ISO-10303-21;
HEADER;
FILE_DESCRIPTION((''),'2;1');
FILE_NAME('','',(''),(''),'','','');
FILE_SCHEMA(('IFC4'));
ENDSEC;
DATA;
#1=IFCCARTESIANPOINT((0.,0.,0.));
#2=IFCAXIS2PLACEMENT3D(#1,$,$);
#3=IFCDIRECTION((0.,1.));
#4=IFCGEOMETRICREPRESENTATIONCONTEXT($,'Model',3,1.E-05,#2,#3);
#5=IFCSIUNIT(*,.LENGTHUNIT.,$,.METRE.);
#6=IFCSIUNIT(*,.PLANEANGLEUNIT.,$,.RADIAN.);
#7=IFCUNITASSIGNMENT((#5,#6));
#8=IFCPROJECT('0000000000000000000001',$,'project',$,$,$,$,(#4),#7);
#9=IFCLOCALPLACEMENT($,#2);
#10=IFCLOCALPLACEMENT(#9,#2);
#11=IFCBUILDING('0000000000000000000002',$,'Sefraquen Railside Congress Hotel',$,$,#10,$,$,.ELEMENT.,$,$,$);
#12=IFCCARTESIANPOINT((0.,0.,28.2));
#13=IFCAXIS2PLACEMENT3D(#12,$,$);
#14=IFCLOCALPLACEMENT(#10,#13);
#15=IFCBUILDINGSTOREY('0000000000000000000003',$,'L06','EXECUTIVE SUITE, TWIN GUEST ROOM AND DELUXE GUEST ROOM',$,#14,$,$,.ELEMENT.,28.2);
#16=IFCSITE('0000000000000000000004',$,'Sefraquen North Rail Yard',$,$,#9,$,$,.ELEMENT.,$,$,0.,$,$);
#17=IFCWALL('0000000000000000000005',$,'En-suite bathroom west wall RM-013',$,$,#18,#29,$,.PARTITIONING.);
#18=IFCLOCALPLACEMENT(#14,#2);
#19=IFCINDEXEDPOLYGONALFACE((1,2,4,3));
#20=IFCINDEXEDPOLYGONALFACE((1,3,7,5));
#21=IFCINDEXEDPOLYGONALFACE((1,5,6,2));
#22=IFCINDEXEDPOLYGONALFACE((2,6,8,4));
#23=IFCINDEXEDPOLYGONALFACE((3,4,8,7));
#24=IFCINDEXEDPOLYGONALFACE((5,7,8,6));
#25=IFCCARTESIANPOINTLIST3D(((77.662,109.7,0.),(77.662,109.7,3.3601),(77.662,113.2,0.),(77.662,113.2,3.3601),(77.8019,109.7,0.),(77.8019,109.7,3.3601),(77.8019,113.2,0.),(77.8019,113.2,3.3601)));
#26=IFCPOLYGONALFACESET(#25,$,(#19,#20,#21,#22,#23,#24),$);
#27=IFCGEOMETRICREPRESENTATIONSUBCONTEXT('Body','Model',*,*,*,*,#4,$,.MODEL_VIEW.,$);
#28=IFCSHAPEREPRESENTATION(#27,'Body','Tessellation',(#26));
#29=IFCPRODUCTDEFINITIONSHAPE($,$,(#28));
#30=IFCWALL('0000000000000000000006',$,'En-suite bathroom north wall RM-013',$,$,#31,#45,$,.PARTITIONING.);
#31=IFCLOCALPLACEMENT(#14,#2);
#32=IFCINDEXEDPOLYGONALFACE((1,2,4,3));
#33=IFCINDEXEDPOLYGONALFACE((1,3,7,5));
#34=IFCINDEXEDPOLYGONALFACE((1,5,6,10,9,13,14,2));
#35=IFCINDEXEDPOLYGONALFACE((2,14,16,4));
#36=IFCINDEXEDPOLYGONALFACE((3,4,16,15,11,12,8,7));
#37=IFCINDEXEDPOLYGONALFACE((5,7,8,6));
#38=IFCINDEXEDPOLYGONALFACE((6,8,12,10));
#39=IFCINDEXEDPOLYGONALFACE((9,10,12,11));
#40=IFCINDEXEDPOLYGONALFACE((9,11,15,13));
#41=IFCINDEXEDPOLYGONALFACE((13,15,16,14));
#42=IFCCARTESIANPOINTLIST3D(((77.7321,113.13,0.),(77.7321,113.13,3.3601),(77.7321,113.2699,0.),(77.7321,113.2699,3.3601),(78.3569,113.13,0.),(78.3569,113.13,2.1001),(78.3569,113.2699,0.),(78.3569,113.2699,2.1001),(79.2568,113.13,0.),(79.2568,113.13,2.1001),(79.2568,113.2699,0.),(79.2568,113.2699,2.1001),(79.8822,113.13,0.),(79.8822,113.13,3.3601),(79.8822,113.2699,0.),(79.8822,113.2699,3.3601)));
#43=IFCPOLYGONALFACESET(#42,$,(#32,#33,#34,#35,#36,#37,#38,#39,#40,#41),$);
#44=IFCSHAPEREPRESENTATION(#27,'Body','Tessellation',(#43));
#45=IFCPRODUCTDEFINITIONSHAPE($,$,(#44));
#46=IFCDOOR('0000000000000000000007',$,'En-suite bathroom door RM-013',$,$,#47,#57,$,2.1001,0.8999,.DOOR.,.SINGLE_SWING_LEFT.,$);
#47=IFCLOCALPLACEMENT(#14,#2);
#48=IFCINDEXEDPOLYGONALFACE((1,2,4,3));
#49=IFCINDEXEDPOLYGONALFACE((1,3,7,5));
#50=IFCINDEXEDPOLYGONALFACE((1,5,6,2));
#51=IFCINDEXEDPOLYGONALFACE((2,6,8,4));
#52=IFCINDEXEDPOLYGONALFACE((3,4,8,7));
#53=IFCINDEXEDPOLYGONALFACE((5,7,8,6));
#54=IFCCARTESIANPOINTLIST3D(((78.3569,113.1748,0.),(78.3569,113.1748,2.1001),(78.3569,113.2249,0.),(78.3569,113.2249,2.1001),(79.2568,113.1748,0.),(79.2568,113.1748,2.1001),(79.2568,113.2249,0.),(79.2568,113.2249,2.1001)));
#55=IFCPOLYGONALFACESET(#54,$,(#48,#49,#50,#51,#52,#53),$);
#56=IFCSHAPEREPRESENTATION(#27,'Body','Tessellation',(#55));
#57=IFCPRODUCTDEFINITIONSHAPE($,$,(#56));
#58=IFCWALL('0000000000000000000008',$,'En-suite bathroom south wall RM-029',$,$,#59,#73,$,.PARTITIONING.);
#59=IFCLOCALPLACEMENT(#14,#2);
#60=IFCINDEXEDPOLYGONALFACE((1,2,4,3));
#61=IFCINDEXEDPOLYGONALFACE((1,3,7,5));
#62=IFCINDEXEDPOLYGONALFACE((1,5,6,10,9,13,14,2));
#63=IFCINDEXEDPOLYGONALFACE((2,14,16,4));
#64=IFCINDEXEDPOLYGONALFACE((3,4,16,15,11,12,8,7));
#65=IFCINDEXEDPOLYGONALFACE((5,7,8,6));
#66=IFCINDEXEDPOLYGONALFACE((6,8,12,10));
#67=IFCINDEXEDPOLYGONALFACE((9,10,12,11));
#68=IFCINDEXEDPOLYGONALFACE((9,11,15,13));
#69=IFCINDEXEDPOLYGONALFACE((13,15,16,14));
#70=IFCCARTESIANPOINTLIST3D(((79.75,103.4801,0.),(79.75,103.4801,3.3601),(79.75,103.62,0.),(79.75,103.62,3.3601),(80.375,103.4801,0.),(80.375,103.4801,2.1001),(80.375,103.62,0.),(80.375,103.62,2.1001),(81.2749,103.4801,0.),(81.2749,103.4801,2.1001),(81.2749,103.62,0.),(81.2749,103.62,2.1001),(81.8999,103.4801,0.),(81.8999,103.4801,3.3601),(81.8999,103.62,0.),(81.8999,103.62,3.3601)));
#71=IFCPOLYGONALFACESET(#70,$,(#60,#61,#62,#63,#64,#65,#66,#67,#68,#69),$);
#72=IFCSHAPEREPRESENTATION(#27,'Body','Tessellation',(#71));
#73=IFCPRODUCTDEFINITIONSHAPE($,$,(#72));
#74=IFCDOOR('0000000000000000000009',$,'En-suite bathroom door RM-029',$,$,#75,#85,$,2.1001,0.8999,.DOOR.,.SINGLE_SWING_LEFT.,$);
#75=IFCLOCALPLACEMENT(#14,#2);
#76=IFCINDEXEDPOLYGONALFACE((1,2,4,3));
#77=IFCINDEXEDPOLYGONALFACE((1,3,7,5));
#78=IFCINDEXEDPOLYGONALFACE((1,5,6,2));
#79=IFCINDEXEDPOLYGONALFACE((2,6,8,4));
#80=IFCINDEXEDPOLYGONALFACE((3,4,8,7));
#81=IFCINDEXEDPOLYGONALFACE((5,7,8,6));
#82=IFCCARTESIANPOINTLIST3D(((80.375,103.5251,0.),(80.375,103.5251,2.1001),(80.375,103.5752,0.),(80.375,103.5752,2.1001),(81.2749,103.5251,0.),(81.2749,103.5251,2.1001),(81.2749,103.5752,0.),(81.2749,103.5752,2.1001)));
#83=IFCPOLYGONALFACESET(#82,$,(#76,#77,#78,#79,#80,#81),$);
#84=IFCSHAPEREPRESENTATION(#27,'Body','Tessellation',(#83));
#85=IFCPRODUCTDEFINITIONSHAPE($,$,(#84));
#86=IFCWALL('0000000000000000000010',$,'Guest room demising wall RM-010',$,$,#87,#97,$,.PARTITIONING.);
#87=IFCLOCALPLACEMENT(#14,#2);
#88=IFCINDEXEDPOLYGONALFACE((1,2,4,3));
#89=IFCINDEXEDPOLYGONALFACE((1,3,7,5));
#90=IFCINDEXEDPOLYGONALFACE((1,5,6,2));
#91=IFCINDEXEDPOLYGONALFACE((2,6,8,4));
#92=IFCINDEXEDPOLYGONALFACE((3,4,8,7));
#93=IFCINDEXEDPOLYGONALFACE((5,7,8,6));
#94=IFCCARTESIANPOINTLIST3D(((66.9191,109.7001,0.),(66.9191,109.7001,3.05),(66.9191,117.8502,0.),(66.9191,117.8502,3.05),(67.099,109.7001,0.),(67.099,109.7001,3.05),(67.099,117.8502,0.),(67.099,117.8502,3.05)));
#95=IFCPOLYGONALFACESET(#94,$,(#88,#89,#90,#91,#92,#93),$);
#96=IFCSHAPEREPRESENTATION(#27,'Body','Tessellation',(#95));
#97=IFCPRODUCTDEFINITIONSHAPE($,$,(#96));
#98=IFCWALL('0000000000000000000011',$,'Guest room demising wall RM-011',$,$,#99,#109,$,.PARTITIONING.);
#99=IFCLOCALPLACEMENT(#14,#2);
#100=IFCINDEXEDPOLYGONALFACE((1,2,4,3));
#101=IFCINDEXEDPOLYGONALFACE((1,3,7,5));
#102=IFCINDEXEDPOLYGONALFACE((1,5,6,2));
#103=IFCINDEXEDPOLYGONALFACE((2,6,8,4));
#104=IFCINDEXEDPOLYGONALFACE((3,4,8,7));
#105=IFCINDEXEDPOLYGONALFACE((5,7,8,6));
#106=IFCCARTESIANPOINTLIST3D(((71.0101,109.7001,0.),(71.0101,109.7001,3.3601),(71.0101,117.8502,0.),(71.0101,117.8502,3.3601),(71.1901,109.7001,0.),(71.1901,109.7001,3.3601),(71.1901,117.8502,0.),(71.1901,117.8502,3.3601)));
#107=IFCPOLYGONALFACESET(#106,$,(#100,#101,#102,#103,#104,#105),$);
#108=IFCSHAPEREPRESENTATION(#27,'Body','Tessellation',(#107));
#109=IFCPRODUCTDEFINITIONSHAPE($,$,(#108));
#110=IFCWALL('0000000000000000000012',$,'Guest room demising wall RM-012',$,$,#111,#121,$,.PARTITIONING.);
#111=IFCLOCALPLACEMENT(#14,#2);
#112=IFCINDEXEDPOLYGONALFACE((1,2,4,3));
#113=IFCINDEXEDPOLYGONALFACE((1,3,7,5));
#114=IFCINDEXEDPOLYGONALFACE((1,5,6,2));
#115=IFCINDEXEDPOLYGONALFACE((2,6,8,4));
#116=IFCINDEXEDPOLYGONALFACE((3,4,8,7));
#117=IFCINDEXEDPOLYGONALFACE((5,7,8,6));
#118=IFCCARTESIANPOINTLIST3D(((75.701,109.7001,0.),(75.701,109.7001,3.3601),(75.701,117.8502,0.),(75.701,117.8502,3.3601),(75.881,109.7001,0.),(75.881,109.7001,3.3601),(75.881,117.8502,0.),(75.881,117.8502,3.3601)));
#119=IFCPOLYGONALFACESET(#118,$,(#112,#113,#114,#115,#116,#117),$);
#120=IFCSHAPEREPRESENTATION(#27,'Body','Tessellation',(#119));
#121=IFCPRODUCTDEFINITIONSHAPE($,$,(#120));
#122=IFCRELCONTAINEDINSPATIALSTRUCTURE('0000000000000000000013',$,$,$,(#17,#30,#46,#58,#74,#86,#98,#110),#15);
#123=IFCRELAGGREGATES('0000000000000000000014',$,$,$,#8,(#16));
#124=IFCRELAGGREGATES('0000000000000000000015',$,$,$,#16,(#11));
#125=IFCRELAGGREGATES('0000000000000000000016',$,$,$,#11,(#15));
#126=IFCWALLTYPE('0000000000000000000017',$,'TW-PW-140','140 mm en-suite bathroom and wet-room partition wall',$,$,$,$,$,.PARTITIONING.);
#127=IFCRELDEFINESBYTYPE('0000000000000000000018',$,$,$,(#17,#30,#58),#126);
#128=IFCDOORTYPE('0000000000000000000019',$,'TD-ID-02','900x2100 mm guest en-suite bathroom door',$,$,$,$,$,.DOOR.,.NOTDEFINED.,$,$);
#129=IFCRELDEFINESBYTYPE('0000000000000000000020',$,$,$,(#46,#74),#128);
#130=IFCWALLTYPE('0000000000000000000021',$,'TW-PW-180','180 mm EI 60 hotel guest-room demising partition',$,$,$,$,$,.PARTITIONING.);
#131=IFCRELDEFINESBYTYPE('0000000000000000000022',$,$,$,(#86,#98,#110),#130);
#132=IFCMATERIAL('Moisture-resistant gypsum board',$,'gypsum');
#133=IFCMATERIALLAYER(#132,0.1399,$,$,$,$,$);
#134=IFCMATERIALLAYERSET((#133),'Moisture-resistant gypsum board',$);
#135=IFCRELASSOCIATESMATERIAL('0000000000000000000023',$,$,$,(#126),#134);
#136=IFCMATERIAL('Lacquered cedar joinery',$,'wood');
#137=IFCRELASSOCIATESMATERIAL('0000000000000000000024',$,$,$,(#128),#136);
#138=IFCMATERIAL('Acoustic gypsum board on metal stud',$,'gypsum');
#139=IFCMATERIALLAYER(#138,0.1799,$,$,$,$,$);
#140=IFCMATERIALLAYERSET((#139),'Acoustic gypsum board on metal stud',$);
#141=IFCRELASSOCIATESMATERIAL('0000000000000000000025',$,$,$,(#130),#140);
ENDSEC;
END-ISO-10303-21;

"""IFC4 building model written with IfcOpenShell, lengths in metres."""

from ifc_helpers import new_model, si_unit, direction, frame, frame_2d, origin, place, context, subcontext, project, spatial, rectangle, extrude, material, layer, layer_set, type_object, element, fill, save


model = new_model("IFC4")

# Units and contexts
model_context = context("Model", 3, precision=1e-05, world=origin(), true_north=direction((0.0, 1.0)))
body_context = subcontext(model_context, "Body", "Model", "MODEL_VIEW")
ifc_project = project(units=[si_unit("LENGTHUNIT", "METRE"), si_unit("PLANEANGLEUNIT", "RADIAN")], contexts=[model_context])

# Site, building, storey
site_placement = place(None, origin())
site = spatial("IfcSite", under=ifc_project, at=site_placement, Name="Sefraquen North Rail Yard", CompositionType="ELEMENT", RefElevation=0.0)
building_placement = place(site_placement, origin())
building = spatial("IfcBuilding", under=site, at=building_placement, Name="Sefraquen Railside Congress Hotel", CompositionType="ELEMENT")
storey_placement = place(building_placement, frame((0.0, 0.0, 28.2)))
storey = spatial("IfcBuildingStorey", under=building, at=storey_placement, Name="L06", Description="EXECUTIVE SUITE, TWIN GUEST ROOM AND DELUXE GUEST ROOM", CompositionType="ELEMENT", Elevation=28.2)

# Shared definitions
ifc_material_1 = material(Name="Moisture-resistant gypsum board", Category="gypsum")
ifc_layer_1 = layer(ifc_material_1, 0.1399)
ifc_layer_set_1 = layer_set([ifc_layer_1], Name="Moisture-resistant gypsum board")
wall_type_1 = type_object("IfcWallType", Name="TW-PW-140", Description="140 mm en-suite bathroom and wet-room partition wall", PredefinedType="PARTITIONING", material=ifc_layer_set_1)

# Shared definitions
ifc_material_2 = material(Name="Lacquered cedar joinery", Category="wood")
door_type_1 = type_object("IfcDoorType", Name="TD-ID-02", Description="900x2100 mm guest en-suite bathroom door", OperationType="NOTDEFINED", PredefinedType="DOOR", material=ifc_material_2)

# Wall
wall_1_placement = place(storey_placement, frame((77.7319, 109.7, 0.0), z_axis=(0.0, 0.0, 1.0), x_axis=(0.0, 1.0, 0.0)))
element("IfcWall", 1, at=wall_1_placement, inside=storey, type_object=wall_type_1, Name="En-suite bathroom west wall RM-013", PredefinedType="PARTITIONING", context=body_context, shape_type="SweptSolid", body=[
    extrude(rectangle(XDim=3.5, YDim=0.1399, at=frame_2d((1.75, 0.0))), origin(), (0.0, 0.0, 1.0), 3.3601),
])

# Walls, openings, doors
wall_2_placement = place(storey_placement, frame((77.7319, 113.2, 0.0), z_axis=(0.0, 0.0, 1.0), x_axis=(1.0, 0.0, 0.0)))
wall_2 = element("IfcWall", 2, at=wall_2_placement, inside=storey, type_object=wall_type_1, Name="En-suite bathroom north wall RM-013", PredefinedType="PARTITIONING", context=body_context, shape_type="SweptSolid", body=[
    extrude(rectangle(XDim=2.1501, YDim=0.1399, at=frame_2d((1.0752, 0.0))), origin(), (0.0, 0.0, 1.0), 3.3601),
])
opening_1_placement = place(wall_2_placement, frame((0.625, 0.0, 0.0)))
opening_1 = element("IfcOpeningElement", 3, at=opening_1_placement, cuts=wall_2, PredefinedType="OPENING", context=body_context, shape_type="SweptSolid", body=[
    extrude(rectangle(XDim=0.8999, YDim=2.1001, at=frame_2d((0.45, 1.05))), frame((0.0, 0.0798, 0.0), z_axis=(0.0, -1.0, 0.0), x_axis=(1.0, 0.0, 0.0)), (0.0, 0.0, 1.0), 0.1599),
])
door_1_placement = place(opening_1_placement, origin())
door_1 = element("IfcDoor", 4, at=door_1_placement, inside=storey, type_object=door_type_1, Name="En-suite bathroom door RM-013", OperationType="SINGLE_SWING_LEFT", OverallHeight=2.1001, OverallWidth=0.8999, PredefinedType="DOOR", context=body_context, shape_type="SweptSolid", body=[
    extrude(rectangle(XDim=0.8999, YDim=2.1001, at=frame_2d((0.45, 1.05))), frame((0.0, 0.0249, 0.0), z_axis=(0.0, -1.0, 0.0), x_axis=(1.0, 0.0, 0.0)), (0.0, 0.0, 1.0), 0.05),
])
fill(opening_1, door_1)
wall_3_placement = place(storey_placement, frame((79.75, 103.55, 0.0), z_axis=(0.0, 0.0, 1.0), x_axis=(1.0, 0.0, 0.0)))
wall_3 = element("IfcWall", 5, at=wall_3_placement, inside=storey, type_object=wall_type_1, Name="En-suite bathroom south wall RM-029", PredefinedType="PARTITIONING", context=body_context, shape_type="SweptSolid", body=[
    extrude(rectangle(XDim=2.1499, YDim=0.1399, at=frame_2d((1.075, 0.0))), origin(), (0.0, 0.0, 1.0), 3.3601),
])
opening_2_placement = place(wall_3_placement, frame((0.625, 0.0, 0.0)))
opening_2 = element("IfcOpeningElement", 6, at=opening_2_placement, cuts=wall_3, PredefinedType="OPENING", context=body_context, shape_type="SweptSolid", body=[
    extrude(rectangle(XDim=0.8999, YDim=2.1001, at=frame_2d((0.45, 1.05))), frame((0.0, 0.0798, 0.0), z_axis=(0.0, -1.0, 0.0), x_axis=(1.0, 0.0, 0.0)), (0.0, 0.0, 1.0), 0.1599),
])
door_2_placement = place(opening_2_placement, frame((0.8999, 0.0, 0.0), z_axis=(0.0, 0.0, 1.0), x_axis=(-1.0, 0.0, 0.0)))
door_2 = element("IfcDoor", 7, at=door_2_placement, inside=storey, type_object=door_type_1, Name="En-suite bathroom door RM-029", OperationType="SINGLE_SWING_LEFT", OverallHeight=2.1001, OverallWidth=0.8999, PredefinedType="DOOR", context=body_context, shape_type="SweptSolid", body=[
    extrude(rectangle(XDim=0.8999, YDim=2.1001, at=frame_2d((0.45, 1.05))), frame((0.0, 0.0249, 0.0), z_axis=(0.0, -1.0, 0.0), x_axis=(1.0, 0.0, 0.0)), (0.0, 0.0, 1.0), 0.05),
])
fill(opening_2, door_2)

# Walls
ifc_material_3 = material(Name="Acoustic gypsum board on metal stud", Category="gypsum")
ifc_layer_2 = layer(ifc_material_3, 0.1799)
ifc_layer_set_2 = layer_set([ifc_layer_2], Name="Acoustic gypsum board on metal stud")
wall_type_2 = type_object("IfcWallType", Name="TW-PW-180", Description="180 mm EI 60 hotel guest-room demising partition", PredefinedType="PARTITIONING", material=ifc_layer_set_2)
wall_4_placement = place(storey_placement, frame((67.009, 109.7, 0.0), z_axis=(0.0, 0.0, 1.0), x_axis=(0.0, 1.0, 0.0)))
element("IfcWall", 8, at=wall_4_placement, inside=storey, type_object=wall_type_2, Name="Guest room demising wall RM-010", PredefinedType="PARTITIONING", context=body_context, shape_type="SweptSolid", body=[
    extrude(rectangle(XDim=8.1501, YDim=0.1799, at=frame_2d((4.0752, 0.0))), origin(), (0.0, 0.0, 1.0), 3.05),
])
for number, where, z_axis, x_axis, name in (
    (9, (71.1001, 109.7, 0.0), (0.0, 0.0, 1.0), (0.0, 1.0, 0.0), "Guest room demising wall RM-011"),
    (10, (75.791, 109.7, 0.0), (0.0, 0.0, 1.0), (0.0, 1.0, 0.0), "Guest room demising wall RM-012"),
):
    element("IfcWall", number, at=place(storey_placement, frame(where, z_axis=z_axis, x_axis=x_axis)), inside=storey, type_object=wall_type_2, Name=name, PredefinedType="PARTITIONING", context=body_context, shape_type="SweptSolid", body=[
        extrude(rectangle(XDim=8.1501, YDim=0.1799, at=frame_2d((4.0752, 0.0))), origin(), (0.0, 0.0, 1.0), 3.3601),
    ])

save(model, "model.ifc")
